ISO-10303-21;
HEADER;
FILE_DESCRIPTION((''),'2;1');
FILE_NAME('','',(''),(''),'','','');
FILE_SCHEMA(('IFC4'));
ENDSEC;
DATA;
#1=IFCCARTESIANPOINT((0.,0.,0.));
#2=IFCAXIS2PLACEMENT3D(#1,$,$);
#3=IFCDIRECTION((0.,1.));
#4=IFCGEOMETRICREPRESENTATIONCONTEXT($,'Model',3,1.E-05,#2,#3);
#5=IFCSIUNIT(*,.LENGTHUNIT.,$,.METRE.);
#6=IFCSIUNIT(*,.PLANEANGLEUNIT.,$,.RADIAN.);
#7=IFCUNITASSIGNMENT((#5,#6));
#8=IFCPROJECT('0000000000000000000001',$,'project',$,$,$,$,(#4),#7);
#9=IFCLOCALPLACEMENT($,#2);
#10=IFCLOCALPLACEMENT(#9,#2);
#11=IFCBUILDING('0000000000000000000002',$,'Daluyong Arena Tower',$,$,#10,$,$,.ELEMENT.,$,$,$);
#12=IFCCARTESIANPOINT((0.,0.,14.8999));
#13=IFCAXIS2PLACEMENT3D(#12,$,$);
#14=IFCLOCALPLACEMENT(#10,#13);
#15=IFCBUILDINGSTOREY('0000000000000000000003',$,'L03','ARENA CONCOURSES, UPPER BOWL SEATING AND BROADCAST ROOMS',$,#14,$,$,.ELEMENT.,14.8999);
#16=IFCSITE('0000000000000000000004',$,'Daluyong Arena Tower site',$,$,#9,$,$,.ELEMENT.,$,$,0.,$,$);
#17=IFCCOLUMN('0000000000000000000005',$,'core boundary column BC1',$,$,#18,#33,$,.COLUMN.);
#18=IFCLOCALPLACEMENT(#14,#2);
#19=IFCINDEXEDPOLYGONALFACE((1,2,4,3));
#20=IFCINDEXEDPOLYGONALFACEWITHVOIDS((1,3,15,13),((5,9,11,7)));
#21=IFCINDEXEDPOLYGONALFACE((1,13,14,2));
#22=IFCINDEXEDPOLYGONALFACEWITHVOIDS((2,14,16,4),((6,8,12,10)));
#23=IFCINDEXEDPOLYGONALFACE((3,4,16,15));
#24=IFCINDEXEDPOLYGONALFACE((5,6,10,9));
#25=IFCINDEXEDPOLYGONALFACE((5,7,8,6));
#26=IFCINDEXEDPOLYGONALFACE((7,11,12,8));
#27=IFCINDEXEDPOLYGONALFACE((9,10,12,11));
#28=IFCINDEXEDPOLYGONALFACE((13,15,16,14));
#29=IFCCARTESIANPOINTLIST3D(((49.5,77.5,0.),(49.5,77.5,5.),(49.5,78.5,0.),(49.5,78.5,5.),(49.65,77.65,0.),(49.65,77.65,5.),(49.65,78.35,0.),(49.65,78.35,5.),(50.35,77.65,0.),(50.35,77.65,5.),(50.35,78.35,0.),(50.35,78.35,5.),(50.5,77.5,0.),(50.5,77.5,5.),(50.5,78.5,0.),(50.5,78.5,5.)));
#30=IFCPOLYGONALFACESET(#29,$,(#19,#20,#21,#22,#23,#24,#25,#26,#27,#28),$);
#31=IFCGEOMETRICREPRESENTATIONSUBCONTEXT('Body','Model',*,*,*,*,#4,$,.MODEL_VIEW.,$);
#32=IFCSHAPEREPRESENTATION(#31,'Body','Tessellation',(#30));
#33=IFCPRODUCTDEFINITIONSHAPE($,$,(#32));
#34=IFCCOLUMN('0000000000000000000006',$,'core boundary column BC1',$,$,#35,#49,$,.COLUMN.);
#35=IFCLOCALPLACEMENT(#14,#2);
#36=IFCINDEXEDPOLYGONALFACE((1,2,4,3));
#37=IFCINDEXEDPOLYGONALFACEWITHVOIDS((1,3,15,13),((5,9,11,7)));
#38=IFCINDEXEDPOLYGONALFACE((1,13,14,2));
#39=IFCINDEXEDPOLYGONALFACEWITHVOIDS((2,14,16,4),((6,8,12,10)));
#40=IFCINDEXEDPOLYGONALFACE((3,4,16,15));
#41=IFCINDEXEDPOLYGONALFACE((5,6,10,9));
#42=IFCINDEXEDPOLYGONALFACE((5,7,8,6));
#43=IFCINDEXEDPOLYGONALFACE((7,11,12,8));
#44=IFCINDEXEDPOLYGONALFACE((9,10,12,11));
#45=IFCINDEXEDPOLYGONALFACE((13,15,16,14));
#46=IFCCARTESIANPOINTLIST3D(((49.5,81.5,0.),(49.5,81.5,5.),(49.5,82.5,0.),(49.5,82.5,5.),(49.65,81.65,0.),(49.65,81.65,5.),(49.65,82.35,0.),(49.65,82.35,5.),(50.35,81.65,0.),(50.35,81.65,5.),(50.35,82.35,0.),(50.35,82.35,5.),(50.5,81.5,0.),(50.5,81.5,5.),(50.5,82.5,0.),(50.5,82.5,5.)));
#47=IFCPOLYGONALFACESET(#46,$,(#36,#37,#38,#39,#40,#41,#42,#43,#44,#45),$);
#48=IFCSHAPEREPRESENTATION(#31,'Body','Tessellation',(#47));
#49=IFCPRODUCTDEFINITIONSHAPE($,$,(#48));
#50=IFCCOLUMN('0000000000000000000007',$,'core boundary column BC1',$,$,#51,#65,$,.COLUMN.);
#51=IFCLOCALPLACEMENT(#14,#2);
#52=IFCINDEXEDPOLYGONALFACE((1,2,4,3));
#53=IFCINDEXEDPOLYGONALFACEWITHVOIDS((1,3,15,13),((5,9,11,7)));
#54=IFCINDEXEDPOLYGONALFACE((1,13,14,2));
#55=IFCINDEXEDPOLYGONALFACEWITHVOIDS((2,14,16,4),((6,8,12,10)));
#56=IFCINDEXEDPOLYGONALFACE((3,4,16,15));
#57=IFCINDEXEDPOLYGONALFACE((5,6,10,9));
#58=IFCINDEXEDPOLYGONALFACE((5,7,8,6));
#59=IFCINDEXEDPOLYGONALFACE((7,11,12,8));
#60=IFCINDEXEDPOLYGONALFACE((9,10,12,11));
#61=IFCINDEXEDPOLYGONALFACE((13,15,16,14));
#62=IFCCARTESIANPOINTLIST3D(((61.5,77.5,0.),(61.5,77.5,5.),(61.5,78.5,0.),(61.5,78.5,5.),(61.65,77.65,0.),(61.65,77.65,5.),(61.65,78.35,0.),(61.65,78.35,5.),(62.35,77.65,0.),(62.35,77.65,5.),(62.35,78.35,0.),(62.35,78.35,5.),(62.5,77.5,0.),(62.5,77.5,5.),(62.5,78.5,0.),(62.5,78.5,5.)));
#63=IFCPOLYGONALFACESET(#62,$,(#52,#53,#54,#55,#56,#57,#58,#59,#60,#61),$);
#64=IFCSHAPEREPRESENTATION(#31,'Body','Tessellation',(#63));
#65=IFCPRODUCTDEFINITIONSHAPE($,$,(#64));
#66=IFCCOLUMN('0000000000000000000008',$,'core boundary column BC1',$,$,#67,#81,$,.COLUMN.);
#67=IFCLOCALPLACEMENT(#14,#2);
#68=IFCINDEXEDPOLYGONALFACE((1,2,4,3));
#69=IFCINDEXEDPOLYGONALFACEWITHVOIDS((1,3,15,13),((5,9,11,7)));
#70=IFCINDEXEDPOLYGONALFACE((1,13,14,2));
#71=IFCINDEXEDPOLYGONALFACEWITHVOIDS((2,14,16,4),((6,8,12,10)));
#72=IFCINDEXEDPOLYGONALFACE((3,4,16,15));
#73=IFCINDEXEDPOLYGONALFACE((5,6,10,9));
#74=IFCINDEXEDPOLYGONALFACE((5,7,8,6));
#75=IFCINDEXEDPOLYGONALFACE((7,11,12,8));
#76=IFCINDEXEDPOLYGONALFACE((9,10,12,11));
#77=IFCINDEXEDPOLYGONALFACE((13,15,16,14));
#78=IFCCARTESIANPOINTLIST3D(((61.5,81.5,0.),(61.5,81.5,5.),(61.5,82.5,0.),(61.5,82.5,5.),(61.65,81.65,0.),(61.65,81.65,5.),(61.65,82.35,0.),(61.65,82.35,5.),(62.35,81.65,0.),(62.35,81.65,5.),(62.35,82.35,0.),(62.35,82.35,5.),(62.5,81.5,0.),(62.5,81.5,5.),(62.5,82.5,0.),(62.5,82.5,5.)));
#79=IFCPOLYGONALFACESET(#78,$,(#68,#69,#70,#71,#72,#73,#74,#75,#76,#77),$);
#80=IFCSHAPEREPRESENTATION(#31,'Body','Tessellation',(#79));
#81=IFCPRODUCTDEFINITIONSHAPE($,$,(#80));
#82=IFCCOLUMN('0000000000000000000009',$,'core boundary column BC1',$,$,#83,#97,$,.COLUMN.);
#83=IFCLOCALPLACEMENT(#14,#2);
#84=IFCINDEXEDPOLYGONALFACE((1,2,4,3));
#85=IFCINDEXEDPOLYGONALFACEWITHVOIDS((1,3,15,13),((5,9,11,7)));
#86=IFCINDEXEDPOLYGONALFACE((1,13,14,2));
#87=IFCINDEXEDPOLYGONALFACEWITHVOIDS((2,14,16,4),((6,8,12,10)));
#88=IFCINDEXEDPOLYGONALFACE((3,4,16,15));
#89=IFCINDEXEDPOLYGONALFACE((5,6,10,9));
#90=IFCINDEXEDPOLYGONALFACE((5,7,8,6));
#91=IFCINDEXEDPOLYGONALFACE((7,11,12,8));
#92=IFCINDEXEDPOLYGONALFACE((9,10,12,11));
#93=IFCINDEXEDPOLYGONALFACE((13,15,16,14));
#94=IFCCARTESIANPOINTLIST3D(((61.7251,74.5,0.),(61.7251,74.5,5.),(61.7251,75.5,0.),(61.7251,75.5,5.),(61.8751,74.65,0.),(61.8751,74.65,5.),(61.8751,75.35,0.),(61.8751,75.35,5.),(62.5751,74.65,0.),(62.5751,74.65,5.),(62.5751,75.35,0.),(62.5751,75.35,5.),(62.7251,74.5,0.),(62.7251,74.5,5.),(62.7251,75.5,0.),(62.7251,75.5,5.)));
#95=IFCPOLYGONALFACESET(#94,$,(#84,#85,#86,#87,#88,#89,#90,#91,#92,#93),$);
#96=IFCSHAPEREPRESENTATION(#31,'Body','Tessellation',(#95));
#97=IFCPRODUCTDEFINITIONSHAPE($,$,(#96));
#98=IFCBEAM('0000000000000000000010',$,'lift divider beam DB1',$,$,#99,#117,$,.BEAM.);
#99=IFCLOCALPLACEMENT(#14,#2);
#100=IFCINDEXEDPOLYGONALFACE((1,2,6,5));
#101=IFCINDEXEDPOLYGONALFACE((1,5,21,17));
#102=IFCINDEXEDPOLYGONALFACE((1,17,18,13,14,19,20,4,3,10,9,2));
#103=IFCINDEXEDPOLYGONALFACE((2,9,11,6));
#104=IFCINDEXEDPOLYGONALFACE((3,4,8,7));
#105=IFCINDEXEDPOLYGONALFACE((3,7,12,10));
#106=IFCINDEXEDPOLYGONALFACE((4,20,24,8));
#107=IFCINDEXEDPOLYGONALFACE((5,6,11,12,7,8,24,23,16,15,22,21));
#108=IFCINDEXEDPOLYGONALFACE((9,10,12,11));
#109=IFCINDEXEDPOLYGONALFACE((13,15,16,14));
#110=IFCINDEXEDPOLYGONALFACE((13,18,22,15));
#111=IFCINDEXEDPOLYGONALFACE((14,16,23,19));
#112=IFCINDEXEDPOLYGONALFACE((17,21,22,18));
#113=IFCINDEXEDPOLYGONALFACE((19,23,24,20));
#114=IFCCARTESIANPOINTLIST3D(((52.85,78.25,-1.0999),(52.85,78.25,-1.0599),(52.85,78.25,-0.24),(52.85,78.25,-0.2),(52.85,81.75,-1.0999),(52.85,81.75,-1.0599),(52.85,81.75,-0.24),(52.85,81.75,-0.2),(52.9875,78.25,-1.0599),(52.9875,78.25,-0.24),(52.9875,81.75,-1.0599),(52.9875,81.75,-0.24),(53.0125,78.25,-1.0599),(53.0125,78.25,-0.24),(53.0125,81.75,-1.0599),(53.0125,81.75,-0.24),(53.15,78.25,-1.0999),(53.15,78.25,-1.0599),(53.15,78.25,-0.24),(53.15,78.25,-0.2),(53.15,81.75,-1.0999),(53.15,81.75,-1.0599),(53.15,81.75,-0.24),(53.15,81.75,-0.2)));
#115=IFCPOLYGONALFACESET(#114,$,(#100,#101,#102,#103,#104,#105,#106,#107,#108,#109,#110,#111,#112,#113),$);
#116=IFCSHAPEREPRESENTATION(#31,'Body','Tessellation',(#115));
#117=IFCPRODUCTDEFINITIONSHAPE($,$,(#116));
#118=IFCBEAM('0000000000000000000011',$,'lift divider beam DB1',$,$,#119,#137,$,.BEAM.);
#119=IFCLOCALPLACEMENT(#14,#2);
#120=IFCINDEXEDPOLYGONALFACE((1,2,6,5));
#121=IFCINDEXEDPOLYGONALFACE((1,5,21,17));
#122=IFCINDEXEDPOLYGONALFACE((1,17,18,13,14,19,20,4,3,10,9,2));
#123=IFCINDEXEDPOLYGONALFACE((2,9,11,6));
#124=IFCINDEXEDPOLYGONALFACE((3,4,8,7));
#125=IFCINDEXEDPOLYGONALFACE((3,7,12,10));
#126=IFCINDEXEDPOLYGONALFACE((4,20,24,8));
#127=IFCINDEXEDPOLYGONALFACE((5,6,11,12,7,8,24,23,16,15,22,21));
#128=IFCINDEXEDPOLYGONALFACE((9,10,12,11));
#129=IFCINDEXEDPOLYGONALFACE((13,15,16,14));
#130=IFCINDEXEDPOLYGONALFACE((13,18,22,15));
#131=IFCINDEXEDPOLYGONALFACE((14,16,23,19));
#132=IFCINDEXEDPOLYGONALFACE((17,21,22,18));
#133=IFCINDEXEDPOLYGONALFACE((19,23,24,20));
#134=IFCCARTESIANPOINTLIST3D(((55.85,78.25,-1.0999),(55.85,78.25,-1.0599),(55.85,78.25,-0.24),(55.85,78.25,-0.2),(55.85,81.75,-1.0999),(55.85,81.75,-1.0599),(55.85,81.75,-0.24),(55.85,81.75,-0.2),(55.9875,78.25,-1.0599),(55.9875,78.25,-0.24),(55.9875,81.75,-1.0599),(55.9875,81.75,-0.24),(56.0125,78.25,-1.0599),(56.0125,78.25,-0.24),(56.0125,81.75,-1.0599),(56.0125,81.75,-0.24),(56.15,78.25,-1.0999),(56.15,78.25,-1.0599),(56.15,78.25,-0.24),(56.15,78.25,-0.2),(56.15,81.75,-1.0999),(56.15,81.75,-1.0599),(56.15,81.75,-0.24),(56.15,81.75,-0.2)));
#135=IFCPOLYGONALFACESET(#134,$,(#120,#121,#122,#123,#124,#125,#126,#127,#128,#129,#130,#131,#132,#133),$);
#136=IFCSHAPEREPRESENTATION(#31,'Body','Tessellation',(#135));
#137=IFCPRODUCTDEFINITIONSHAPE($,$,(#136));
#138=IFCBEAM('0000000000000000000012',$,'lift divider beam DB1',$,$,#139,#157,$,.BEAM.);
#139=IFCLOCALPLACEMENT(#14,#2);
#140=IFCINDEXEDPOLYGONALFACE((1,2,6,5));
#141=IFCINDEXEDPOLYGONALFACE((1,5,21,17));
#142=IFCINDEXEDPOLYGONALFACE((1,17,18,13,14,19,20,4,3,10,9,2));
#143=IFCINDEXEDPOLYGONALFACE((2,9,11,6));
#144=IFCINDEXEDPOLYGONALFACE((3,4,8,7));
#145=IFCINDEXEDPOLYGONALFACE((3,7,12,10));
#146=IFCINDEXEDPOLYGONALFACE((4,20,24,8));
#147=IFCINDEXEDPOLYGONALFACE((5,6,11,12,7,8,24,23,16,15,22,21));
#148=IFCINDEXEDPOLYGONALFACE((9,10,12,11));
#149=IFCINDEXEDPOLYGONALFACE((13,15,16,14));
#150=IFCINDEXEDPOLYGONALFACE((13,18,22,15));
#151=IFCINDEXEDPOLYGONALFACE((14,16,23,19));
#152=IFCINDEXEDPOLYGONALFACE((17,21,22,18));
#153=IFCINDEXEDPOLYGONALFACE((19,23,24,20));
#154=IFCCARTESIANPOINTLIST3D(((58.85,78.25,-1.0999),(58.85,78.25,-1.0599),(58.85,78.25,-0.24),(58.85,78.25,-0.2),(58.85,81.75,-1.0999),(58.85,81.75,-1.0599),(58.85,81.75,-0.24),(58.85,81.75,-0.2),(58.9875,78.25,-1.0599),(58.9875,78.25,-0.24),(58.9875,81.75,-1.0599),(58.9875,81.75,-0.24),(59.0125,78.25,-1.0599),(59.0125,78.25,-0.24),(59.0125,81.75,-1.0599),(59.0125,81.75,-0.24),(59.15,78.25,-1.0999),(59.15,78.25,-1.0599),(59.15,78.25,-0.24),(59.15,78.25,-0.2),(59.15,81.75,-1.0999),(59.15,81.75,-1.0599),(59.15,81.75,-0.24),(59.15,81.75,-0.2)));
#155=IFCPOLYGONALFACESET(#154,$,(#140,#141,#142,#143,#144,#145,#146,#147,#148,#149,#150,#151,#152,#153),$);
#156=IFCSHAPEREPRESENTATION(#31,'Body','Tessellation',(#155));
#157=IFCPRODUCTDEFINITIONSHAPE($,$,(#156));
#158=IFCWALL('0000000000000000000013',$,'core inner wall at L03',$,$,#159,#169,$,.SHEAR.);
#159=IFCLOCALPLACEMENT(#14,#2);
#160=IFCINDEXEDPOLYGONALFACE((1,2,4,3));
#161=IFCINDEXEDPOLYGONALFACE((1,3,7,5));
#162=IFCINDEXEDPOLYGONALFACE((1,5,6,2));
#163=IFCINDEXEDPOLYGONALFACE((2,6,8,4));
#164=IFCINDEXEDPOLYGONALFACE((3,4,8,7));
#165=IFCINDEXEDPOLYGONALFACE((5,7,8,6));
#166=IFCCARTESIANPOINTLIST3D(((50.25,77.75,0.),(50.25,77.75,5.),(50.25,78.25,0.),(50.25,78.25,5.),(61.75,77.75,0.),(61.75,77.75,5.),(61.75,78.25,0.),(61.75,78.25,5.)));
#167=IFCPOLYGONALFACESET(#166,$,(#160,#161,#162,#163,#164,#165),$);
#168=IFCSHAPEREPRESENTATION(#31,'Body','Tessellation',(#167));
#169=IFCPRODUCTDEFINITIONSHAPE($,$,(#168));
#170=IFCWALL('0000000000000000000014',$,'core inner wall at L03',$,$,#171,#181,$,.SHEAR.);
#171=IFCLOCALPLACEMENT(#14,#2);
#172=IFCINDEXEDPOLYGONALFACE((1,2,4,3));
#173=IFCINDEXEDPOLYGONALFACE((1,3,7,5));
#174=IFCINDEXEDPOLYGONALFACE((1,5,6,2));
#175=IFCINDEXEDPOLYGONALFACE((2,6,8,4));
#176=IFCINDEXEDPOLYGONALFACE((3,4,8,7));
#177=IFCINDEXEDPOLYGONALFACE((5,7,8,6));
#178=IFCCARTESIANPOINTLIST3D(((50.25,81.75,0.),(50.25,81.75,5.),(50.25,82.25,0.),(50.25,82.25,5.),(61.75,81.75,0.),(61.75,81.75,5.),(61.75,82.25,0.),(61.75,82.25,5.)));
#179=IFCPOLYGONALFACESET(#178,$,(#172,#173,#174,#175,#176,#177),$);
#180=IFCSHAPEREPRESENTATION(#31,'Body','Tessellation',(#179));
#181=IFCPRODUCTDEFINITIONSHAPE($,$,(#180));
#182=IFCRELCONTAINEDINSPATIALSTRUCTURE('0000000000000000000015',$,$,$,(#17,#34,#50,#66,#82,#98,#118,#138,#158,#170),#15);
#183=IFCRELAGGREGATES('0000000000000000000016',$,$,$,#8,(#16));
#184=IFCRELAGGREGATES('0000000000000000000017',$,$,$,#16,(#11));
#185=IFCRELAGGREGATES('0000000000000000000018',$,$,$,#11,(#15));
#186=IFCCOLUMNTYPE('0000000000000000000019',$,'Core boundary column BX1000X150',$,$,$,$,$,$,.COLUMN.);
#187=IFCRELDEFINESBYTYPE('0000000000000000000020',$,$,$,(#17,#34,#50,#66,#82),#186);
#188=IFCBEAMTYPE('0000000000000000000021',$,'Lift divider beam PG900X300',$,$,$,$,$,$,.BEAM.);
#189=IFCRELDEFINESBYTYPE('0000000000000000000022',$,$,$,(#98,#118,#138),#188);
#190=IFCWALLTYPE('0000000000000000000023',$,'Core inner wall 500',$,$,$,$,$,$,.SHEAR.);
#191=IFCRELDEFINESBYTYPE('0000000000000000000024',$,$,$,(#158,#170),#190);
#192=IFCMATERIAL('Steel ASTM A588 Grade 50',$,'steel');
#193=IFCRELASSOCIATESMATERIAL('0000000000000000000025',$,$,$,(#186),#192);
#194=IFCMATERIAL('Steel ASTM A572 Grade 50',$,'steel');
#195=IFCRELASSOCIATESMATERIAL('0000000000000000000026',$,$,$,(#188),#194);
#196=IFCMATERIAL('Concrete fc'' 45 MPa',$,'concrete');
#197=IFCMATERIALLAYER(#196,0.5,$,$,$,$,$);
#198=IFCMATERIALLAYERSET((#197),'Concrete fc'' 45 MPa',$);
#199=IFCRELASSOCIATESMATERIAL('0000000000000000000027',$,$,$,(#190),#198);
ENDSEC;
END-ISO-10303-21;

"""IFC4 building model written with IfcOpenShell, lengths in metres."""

from ifc_helpers import new_model, si_unit, direction, frame, frame_2d, origin, origin_2d, place, context, subcontext, project, spatial, rectangle, hollow_rectangle, i_section, extrude, material, layer, layer_set, material_profile, profile_set, type_object, element, save


model = new_model("IFC4")

# Units and contexts
model_context = context("Model", 3, precision=1e-05, world=origin(), true_north=direction((0.0, 1.0)))
body_context = subcontext(model_context, "Body", "Model", "MODEL_VIEW")
ifc_project = project(units=[si_unit("LENGTHUNIT", "METRE"), si_unit("PLANEANGLEUNIT", "RADIAN")], contexts=[model_context])

# Site, building, storey
site_placement = place(None, origin())
site = spatial("IfcSite", under=ifc_project, at=site_placement, Name="Daluyong Arena Tower site", CompositionType="ELEMENT", RefElevation=0.0)
building_placement = place(site_placement, origin())
building = spatial("IfcBuilding", under=site, at=building_placement, Name="Daluyong Arena Tower", CompositionType="ELEMENT")
storey_placement = place(building_placement, frame((0.0, 0.0, 14.8999)))
storey = spatial("IfcBuildingStorey", under=building, at=storey_placement, Name="L03", Description="ARENA CONCOURSES, UPPER BOWL SEATING AND BROADCAST ROOMS", CompositionType="ELEMENT", Elevation=14.8999)

# Columns
ifc_material_1 = material(Name="Steel ASTM A588 Grade 50", Category="steel")
ifc_material_profile_1 = material_profile(ifc_material_1, hollow_rectangle(XDim=1.0, YDim=1.0, WallThickness=0.15, at=origin_2d()))
ifc_profile_set_1 = profile_set([ifc_material_profile_1], Name="Steel ASTM A588 Grade 50")
column_type = type_object("IfcColumnType", Name="Core boundary column BX1000X150", PredefinedType="COLUMN", material=ifc_profile_set_1)
for number, where, z_axis, x_axis, name in (
    (1, (50.0, 78.0, 0.0), (0.0, 0.0, 1.0), (1.0, 0.0, 0.0), "core boundary column BC1"),
    (2, (50.0, 82.0, 0.0), (0.0, 0.0, 1.0), (1.0, 0.0, 0.0), "core boundary column BC1"),
    (3, (62.0, 78.0, 0.0), (0.0, 0.0, 1.0), (1.0, 0.0, 0.0), "core boundary column BC1"),
    (4, (62.0, 82.0, 0.0), (0.0, 0.0, 1.0), (1.0, 0.0, 0.0), "core boundary column BC1"),
    (5, (62.2251, 75.0, 0.0), (0.0, 0.0, 1.0), (1.0, 0.0, 0.0), "core boundary column BC1"),
):
    element("IfcColumn", number, at=place(storey_placement, frame(where, z_axis=z_axis, x_axis=x_axis)), inside=storey, type_object=column_type, Name=name, PredefinedType="COLUMN", context=body_context, shape_type="SweptSolid", body=[
        extrude(hollow_rectangle(XDim=1.0, YDim=1.0, WallThickness=0.15, at=origin_2d()), origin(), (0.0, 0.0, 1.0), 5.0),
    ])

# Beams
ifc_material_2 = material(Name="Steel ASTM A572 Grade 50", Category="steel")
ifc_material_profile_2 = material_profile(ifc_material_2, i_section(OverallWidth=0.3, OverallDepth=0.8999, WebThickness=0.025, FlangeThickness=0.04, at=origin_2d()))
ifc_profile_set_2 = profile_set([ifc_material_profile_2], Name="Steel ASTM A572 Grade 50")
beam_type = type_object("IfcBeamType", Name="Lift divider beam PG900X300", PredefinedType="BEAM", material=ifc_profile_set_2)
for number, where, z_axis, x_axis, name in (
    (6, (53.0, 78.25, -0.6499), (0.0, 1.0, 0.0), (-1.0, 0.0, 0.0), "lift divider beam DB1"),
    (7, (56.0, 78.25, -0.6499), (0.0, 1.0, 0.0), (-1.0, 0.0, 0.0), "lift divider beam DB1"),
    (8, (59.0, 78.25, -0.6499), (0.0, 1.0, 0.0), (-1.0, 0.0, 0.0), "lift divider beam DB1"),
):
    element("IfcBeam", number, at=place(storey_placement, frame(where, z_axis=z_axis, x_axis=x_axis)), inside=storey, type_object=beam_type, Name=name, PredefinedType="BEAM", context=body_context, shape_type="SweptSolid", body=[
        extrude(i_section(OverallWidth=0.3, OverallDepth=0.8999, WebThickness=0.025, FlangeThickness=0.04, at=origin_2d()), origin(), (0.0, 0.0, 1.0), 3.5),
    ])

# Walls
ifc_material_3 = material(Name="Concrete fc' 45 MPa", Category="concrete")
ifc_layer_1 = layer(ifc_material_3, 0.5)
ifc_layer_set_1 = layer_set([ifc_layer_1], Name="Concrete fc' 45 MPa")
wall_type_1 = type_object("IfcWallType", Name="Core inner wall 500", PredefinedType="SHEAR", material=ifc_layer_set_1)
for number, where, z_axis, x_axis, name in (
    (9, (50.25, 78.0, 0.0), (0.0, 0.0, 1.0), (1.0, 0.0, 0.0), "core inner wall at L03"),
    (10, (50.25, 82.0, 0.0), (0.0, 0.0, 1.0), (1.0, 0.0, 0.0), "core inner wall at L03"),
):
    element("IfcWall", number, at=place(storey_placement, frame(where, z_axis=z_axis, x_axis=x_axis)), inside=storey, type_object=wall_type_1, Name=name, PredefinedType="SHEAR", context=body_context, shape_type="SweptSolid", body=[
        extrude(rectangle(XDim=11.5, YDim=0.5, at=frame_2d((5.75, 0.0))), origin(), (0.0, 0.0, 1.0), 5.0),
    ])

save(model, "model.ifc")
